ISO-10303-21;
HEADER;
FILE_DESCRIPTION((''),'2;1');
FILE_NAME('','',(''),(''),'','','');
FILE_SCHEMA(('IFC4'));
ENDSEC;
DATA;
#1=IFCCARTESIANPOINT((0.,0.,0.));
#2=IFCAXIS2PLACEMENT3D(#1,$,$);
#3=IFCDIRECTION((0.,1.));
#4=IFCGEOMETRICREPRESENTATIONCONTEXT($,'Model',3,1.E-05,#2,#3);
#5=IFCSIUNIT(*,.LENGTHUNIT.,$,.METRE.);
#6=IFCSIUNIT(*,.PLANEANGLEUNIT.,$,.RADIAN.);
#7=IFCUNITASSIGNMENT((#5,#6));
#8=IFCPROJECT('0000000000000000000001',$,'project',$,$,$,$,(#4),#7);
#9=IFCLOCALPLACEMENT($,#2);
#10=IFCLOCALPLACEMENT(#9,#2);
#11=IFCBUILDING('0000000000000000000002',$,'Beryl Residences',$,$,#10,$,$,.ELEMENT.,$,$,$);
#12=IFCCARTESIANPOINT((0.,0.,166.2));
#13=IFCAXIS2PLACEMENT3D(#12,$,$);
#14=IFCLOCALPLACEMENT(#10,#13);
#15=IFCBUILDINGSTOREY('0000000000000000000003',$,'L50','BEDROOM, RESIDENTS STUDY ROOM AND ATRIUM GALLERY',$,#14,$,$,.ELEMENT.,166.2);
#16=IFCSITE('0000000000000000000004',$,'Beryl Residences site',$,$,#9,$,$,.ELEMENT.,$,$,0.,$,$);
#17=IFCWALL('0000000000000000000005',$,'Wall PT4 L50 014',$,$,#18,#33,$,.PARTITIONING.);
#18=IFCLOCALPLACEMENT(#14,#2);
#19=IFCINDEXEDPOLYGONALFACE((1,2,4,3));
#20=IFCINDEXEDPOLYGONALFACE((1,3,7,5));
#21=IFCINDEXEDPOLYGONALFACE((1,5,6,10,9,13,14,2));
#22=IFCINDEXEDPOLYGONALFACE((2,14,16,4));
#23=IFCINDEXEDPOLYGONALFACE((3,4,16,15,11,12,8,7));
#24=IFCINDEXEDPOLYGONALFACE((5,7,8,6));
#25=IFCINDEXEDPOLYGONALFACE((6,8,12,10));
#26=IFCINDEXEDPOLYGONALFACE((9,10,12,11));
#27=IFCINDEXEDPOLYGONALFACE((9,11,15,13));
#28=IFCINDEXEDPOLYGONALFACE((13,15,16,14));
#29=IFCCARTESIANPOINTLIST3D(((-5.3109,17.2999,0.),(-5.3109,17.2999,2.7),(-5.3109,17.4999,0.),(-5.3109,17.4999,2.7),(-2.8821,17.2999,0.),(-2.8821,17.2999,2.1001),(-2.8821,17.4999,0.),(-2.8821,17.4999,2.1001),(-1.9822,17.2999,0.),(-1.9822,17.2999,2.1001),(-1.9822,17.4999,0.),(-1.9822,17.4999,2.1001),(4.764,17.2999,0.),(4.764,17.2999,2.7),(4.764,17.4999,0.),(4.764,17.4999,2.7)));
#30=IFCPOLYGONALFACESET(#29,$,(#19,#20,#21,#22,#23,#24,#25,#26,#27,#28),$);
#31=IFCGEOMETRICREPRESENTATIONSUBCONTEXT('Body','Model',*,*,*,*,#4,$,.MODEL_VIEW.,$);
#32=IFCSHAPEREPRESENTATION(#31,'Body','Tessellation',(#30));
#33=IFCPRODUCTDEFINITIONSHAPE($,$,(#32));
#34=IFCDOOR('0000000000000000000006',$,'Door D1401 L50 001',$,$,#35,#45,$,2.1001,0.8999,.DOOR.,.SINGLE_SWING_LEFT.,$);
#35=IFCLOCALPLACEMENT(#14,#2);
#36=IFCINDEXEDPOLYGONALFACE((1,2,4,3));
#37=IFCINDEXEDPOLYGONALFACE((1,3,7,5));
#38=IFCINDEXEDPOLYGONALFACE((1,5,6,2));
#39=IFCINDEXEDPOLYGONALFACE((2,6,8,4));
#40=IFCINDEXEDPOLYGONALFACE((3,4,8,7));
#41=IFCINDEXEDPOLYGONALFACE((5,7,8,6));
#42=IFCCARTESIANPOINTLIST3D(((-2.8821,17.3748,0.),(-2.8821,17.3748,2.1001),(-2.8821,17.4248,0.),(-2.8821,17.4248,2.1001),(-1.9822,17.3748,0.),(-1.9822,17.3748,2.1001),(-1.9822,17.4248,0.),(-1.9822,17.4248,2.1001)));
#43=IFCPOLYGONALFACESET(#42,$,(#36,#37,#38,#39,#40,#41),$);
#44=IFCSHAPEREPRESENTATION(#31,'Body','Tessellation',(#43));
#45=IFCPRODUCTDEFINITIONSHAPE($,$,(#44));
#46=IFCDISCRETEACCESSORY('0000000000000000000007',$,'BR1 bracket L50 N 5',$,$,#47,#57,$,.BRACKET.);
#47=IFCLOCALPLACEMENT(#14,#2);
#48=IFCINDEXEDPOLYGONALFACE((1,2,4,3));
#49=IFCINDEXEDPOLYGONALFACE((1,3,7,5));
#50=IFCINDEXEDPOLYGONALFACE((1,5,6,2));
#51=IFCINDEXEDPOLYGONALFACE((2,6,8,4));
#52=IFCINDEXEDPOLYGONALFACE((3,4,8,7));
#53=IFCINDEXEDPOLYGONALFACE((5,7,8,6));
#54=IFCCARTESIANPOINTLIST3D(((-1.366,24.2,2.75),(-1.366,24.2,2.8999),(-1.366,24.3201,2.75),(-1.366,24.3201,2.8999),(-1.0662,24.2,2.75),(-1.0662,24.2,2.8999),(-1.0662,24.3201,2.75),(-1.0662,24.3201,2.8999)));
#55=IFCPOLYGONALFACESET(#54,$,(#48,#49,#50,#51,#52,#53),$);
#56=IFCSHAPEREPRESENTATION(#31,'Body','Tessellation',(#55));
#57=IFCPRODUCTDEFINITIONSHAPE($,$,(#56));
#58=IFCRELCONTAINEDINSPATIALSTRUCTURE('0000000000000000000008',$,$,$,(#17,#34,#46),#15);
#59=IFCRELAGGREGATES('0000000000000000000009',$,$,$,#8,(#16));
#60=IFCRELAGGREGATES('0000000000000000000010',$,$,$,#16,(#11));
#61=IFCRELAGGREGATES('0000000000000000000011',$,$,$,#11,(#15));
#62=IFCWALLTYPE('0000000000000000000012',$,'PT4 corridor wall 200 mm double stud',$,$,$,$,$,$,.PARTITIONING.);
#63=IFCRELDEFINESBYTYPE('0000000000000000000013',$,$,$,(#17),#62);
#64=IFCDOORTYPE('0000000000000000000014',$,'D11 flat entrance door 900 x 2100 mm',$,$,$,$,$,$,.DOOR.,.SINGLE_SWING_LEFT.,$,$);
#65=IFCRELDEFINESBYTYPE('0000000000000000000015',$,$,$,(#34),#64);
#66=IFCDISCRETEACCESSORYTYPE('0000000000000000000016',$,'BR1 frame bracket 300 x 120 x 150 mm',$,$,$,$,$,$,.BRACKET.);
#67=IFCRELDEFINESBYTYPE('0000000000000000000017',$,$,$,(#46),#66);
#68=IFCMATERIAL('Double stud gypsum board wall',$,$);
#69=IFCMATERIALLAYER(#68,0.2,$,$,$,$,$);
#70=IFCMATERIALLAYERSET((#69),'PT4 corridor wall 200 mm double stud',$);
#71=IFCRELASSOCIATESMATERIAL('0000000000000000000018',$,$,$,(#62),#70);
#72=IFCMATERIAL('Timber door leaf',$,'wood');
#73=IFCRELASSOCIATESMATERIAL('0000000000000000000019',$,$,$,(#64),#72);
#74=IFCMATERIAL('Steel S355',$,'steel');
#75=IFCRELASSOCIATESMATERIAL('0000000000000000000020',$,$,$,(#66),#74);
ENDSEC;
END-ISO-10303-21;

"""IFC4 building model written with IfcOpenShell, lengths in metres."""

from ifc_helpers import new_model, si_unit, direction, frame, frame_2d, origin, place, context, subcontext, project, spatial, polyline, rectangle, outline, extrude, source, transform, mapped, material, layer, layer_set, type_object, type_shapes, element, fill, save


model = new_model("IFC4")

# Units and contexts
model_context = context("Model", 3, precision=1e-05, world=origin(), true_north=direction((0.0, 1.0)))
body_context = subcontext(model_context, "Body", "Model", "MODEL_VIEW")
ifc_project = project(units=[si_unit("LENGTHUNIT", "METRE"), si_unit("PLANEANGLEUNIT", "RADIAN")], contexts=[model_context])

# Site, building, storey
site_placement = place(None, origin())
site = spatial("IfcSite", under=ifc_project, at=site_placement, Name="Beryl Residences site", CompositionType="ELEMENT", RefElevation=0.0)
building_placement = place(site_placement, origin())
building = spatial("IfcBuilding", under=site, at=building_placement, Name="Beryl Residences", CompositionType="ELEMENT")
storey_placement = place(building_placement, frame((0.0, 0.0, 166.2)))
storey = spatial("IfcBuildingStorey", under=building, at=storey_placement, Name="L50", Description="BEDROOM, RESIDENTS STUDY ROOM AND ATRIUM GALLERY", CompositionType="ELEMENT", Elevation=166.2)

# Wall, opening, door
ifc_material_1 = material(Name="Double stud gypsum board wall")
ifc_layer_1 = layer(ifc_material_1, 0.2)
ifc_layer_set_1 = layer_set([ifc_layer_1], Name="PT4 corridor wall 200 mm double stud")
wall_type_1 = type_object("IfcWallType", Name="PT4 corridor wall 200 mm double stud", PredefinedType="PARTITIONING", material=ifc_layer_set_1)
wall_1_placement = place(storey_placement, frame((-5.311, 17.3999, 0.0), z_axis=(0.0, 0.0, 1.0), x_axis=(1.0, 0.0, 0.0)))
wall_1 = element("IfcWall", 1, at=wall_1_placement, inside=storey, type_object=wall_type_1, Name="Wall PT4 L50 014", PredefinedType="PARTITIONING", context=body_context, shape_type="SweptSolid", body=[
    extrude(rectangle(XDim=10.075, YDim=0.2, at=frame_2d((5.0376, 0.0))), origin(), (0.0, 0.0, 1.0), 2.7),
])
opening_1_placement = place(wall_1_placement, frame((2.429, 0.0, 0.0)))
opening_1 = element("IfcOpeningElement", 2, at=opening_1_placement, cuts=wall_1, PredefinedType="OPENING", context=body_context, shape_type="SweptSolid", body=[
    extrude(rectangle(XDim=0.8999, YDim=2.1001, at=frame_2d((0.45, 1.05))), frame((0.0, 0.1099, 0.0), z_axis=(0.0, -1.0, 0.0), x_axis=(1.0, 0.0, 0.0)), (0.0, 0.0, 1.0), 0.22),
])
ifc_material_2 = material(Name="Timber door leaf", Category="wood")
door_type_1 = type_object("IfcDoorType", Name="D11 flat entrance door 900 x 2100 mm", OperationType="SINGLE_SWING_LEFT", PredefinedType="DOOR", material=ifc_material_2)
door_1_placement = place(opening_1_placement, origin())
door_1 = element("IfcDoor", 3, at=door_1_placement, inside=storey, type_object=door_type_1, Name="Door D1401 L50 001", OperationType="SINGLE_SWING_LEFT", OverallHeight=2.1001, OverallWidth=0.8999, PredefinedType="DOOR", context=body_context, shape_type="SweptSolid", body=[
    extrude(rectangle(XDim=0.8999, YDim=2.1001, at=frame_2d((0.45, 1.05))), frame((0.0, 0.0249, 0.0), z_axis=(0.0, -1.0, 0.0), x_axis=(1.0, 0.0, 0.0)), (0.0, 0.0, 1.0), 0.05),
])
fill(opening_1, door_1)

# Discrete accessory
ifc_material_3 = material(Name="Steel S355", Category="steel")
discrete_accessory_type = type_object("IfcDiscreteAccessoryType", Name="BR1 frame bracket 300 x 120 x 150 mm", PredefinedType="BRACKET", material=ifc_material_3)
shared_shape_1 = source(origin(), body_context, "Body", "SweptSolid", [
    extrude(outline(polyline([(-0.1499, 0.0), (0.1499, 0.0), (0.1499, 0.1201), (-0.1499, 0.1201), (-0.1499, 0.0)])), origin(), (0.0, 0.0, 1.0), 0.1499),
])
type_shapes(discrete_accessory_type, [shared_shape_1])
discrete_accessory_placement = place(storey_placement, frame((-1.2161, 24.2, 2.75), z_axis=(0.0, 0.0, 1.0), x_axis=(1.0, 0.0, 0.0)))
element("IfcDiscreteAccessory", 4, at=discrete_accessory_placement, inside=storey, type_object=discrete_accessory_type, Name="BR1 bracket L50 N 5", PredefinedType="BRACKET", context=body_context, shape_type="MappedRepresentation", body=[
    mapped(shared_shape_1, transform((0.0, 0.0, 0.0))),
])

save(model, "model.ifc")
